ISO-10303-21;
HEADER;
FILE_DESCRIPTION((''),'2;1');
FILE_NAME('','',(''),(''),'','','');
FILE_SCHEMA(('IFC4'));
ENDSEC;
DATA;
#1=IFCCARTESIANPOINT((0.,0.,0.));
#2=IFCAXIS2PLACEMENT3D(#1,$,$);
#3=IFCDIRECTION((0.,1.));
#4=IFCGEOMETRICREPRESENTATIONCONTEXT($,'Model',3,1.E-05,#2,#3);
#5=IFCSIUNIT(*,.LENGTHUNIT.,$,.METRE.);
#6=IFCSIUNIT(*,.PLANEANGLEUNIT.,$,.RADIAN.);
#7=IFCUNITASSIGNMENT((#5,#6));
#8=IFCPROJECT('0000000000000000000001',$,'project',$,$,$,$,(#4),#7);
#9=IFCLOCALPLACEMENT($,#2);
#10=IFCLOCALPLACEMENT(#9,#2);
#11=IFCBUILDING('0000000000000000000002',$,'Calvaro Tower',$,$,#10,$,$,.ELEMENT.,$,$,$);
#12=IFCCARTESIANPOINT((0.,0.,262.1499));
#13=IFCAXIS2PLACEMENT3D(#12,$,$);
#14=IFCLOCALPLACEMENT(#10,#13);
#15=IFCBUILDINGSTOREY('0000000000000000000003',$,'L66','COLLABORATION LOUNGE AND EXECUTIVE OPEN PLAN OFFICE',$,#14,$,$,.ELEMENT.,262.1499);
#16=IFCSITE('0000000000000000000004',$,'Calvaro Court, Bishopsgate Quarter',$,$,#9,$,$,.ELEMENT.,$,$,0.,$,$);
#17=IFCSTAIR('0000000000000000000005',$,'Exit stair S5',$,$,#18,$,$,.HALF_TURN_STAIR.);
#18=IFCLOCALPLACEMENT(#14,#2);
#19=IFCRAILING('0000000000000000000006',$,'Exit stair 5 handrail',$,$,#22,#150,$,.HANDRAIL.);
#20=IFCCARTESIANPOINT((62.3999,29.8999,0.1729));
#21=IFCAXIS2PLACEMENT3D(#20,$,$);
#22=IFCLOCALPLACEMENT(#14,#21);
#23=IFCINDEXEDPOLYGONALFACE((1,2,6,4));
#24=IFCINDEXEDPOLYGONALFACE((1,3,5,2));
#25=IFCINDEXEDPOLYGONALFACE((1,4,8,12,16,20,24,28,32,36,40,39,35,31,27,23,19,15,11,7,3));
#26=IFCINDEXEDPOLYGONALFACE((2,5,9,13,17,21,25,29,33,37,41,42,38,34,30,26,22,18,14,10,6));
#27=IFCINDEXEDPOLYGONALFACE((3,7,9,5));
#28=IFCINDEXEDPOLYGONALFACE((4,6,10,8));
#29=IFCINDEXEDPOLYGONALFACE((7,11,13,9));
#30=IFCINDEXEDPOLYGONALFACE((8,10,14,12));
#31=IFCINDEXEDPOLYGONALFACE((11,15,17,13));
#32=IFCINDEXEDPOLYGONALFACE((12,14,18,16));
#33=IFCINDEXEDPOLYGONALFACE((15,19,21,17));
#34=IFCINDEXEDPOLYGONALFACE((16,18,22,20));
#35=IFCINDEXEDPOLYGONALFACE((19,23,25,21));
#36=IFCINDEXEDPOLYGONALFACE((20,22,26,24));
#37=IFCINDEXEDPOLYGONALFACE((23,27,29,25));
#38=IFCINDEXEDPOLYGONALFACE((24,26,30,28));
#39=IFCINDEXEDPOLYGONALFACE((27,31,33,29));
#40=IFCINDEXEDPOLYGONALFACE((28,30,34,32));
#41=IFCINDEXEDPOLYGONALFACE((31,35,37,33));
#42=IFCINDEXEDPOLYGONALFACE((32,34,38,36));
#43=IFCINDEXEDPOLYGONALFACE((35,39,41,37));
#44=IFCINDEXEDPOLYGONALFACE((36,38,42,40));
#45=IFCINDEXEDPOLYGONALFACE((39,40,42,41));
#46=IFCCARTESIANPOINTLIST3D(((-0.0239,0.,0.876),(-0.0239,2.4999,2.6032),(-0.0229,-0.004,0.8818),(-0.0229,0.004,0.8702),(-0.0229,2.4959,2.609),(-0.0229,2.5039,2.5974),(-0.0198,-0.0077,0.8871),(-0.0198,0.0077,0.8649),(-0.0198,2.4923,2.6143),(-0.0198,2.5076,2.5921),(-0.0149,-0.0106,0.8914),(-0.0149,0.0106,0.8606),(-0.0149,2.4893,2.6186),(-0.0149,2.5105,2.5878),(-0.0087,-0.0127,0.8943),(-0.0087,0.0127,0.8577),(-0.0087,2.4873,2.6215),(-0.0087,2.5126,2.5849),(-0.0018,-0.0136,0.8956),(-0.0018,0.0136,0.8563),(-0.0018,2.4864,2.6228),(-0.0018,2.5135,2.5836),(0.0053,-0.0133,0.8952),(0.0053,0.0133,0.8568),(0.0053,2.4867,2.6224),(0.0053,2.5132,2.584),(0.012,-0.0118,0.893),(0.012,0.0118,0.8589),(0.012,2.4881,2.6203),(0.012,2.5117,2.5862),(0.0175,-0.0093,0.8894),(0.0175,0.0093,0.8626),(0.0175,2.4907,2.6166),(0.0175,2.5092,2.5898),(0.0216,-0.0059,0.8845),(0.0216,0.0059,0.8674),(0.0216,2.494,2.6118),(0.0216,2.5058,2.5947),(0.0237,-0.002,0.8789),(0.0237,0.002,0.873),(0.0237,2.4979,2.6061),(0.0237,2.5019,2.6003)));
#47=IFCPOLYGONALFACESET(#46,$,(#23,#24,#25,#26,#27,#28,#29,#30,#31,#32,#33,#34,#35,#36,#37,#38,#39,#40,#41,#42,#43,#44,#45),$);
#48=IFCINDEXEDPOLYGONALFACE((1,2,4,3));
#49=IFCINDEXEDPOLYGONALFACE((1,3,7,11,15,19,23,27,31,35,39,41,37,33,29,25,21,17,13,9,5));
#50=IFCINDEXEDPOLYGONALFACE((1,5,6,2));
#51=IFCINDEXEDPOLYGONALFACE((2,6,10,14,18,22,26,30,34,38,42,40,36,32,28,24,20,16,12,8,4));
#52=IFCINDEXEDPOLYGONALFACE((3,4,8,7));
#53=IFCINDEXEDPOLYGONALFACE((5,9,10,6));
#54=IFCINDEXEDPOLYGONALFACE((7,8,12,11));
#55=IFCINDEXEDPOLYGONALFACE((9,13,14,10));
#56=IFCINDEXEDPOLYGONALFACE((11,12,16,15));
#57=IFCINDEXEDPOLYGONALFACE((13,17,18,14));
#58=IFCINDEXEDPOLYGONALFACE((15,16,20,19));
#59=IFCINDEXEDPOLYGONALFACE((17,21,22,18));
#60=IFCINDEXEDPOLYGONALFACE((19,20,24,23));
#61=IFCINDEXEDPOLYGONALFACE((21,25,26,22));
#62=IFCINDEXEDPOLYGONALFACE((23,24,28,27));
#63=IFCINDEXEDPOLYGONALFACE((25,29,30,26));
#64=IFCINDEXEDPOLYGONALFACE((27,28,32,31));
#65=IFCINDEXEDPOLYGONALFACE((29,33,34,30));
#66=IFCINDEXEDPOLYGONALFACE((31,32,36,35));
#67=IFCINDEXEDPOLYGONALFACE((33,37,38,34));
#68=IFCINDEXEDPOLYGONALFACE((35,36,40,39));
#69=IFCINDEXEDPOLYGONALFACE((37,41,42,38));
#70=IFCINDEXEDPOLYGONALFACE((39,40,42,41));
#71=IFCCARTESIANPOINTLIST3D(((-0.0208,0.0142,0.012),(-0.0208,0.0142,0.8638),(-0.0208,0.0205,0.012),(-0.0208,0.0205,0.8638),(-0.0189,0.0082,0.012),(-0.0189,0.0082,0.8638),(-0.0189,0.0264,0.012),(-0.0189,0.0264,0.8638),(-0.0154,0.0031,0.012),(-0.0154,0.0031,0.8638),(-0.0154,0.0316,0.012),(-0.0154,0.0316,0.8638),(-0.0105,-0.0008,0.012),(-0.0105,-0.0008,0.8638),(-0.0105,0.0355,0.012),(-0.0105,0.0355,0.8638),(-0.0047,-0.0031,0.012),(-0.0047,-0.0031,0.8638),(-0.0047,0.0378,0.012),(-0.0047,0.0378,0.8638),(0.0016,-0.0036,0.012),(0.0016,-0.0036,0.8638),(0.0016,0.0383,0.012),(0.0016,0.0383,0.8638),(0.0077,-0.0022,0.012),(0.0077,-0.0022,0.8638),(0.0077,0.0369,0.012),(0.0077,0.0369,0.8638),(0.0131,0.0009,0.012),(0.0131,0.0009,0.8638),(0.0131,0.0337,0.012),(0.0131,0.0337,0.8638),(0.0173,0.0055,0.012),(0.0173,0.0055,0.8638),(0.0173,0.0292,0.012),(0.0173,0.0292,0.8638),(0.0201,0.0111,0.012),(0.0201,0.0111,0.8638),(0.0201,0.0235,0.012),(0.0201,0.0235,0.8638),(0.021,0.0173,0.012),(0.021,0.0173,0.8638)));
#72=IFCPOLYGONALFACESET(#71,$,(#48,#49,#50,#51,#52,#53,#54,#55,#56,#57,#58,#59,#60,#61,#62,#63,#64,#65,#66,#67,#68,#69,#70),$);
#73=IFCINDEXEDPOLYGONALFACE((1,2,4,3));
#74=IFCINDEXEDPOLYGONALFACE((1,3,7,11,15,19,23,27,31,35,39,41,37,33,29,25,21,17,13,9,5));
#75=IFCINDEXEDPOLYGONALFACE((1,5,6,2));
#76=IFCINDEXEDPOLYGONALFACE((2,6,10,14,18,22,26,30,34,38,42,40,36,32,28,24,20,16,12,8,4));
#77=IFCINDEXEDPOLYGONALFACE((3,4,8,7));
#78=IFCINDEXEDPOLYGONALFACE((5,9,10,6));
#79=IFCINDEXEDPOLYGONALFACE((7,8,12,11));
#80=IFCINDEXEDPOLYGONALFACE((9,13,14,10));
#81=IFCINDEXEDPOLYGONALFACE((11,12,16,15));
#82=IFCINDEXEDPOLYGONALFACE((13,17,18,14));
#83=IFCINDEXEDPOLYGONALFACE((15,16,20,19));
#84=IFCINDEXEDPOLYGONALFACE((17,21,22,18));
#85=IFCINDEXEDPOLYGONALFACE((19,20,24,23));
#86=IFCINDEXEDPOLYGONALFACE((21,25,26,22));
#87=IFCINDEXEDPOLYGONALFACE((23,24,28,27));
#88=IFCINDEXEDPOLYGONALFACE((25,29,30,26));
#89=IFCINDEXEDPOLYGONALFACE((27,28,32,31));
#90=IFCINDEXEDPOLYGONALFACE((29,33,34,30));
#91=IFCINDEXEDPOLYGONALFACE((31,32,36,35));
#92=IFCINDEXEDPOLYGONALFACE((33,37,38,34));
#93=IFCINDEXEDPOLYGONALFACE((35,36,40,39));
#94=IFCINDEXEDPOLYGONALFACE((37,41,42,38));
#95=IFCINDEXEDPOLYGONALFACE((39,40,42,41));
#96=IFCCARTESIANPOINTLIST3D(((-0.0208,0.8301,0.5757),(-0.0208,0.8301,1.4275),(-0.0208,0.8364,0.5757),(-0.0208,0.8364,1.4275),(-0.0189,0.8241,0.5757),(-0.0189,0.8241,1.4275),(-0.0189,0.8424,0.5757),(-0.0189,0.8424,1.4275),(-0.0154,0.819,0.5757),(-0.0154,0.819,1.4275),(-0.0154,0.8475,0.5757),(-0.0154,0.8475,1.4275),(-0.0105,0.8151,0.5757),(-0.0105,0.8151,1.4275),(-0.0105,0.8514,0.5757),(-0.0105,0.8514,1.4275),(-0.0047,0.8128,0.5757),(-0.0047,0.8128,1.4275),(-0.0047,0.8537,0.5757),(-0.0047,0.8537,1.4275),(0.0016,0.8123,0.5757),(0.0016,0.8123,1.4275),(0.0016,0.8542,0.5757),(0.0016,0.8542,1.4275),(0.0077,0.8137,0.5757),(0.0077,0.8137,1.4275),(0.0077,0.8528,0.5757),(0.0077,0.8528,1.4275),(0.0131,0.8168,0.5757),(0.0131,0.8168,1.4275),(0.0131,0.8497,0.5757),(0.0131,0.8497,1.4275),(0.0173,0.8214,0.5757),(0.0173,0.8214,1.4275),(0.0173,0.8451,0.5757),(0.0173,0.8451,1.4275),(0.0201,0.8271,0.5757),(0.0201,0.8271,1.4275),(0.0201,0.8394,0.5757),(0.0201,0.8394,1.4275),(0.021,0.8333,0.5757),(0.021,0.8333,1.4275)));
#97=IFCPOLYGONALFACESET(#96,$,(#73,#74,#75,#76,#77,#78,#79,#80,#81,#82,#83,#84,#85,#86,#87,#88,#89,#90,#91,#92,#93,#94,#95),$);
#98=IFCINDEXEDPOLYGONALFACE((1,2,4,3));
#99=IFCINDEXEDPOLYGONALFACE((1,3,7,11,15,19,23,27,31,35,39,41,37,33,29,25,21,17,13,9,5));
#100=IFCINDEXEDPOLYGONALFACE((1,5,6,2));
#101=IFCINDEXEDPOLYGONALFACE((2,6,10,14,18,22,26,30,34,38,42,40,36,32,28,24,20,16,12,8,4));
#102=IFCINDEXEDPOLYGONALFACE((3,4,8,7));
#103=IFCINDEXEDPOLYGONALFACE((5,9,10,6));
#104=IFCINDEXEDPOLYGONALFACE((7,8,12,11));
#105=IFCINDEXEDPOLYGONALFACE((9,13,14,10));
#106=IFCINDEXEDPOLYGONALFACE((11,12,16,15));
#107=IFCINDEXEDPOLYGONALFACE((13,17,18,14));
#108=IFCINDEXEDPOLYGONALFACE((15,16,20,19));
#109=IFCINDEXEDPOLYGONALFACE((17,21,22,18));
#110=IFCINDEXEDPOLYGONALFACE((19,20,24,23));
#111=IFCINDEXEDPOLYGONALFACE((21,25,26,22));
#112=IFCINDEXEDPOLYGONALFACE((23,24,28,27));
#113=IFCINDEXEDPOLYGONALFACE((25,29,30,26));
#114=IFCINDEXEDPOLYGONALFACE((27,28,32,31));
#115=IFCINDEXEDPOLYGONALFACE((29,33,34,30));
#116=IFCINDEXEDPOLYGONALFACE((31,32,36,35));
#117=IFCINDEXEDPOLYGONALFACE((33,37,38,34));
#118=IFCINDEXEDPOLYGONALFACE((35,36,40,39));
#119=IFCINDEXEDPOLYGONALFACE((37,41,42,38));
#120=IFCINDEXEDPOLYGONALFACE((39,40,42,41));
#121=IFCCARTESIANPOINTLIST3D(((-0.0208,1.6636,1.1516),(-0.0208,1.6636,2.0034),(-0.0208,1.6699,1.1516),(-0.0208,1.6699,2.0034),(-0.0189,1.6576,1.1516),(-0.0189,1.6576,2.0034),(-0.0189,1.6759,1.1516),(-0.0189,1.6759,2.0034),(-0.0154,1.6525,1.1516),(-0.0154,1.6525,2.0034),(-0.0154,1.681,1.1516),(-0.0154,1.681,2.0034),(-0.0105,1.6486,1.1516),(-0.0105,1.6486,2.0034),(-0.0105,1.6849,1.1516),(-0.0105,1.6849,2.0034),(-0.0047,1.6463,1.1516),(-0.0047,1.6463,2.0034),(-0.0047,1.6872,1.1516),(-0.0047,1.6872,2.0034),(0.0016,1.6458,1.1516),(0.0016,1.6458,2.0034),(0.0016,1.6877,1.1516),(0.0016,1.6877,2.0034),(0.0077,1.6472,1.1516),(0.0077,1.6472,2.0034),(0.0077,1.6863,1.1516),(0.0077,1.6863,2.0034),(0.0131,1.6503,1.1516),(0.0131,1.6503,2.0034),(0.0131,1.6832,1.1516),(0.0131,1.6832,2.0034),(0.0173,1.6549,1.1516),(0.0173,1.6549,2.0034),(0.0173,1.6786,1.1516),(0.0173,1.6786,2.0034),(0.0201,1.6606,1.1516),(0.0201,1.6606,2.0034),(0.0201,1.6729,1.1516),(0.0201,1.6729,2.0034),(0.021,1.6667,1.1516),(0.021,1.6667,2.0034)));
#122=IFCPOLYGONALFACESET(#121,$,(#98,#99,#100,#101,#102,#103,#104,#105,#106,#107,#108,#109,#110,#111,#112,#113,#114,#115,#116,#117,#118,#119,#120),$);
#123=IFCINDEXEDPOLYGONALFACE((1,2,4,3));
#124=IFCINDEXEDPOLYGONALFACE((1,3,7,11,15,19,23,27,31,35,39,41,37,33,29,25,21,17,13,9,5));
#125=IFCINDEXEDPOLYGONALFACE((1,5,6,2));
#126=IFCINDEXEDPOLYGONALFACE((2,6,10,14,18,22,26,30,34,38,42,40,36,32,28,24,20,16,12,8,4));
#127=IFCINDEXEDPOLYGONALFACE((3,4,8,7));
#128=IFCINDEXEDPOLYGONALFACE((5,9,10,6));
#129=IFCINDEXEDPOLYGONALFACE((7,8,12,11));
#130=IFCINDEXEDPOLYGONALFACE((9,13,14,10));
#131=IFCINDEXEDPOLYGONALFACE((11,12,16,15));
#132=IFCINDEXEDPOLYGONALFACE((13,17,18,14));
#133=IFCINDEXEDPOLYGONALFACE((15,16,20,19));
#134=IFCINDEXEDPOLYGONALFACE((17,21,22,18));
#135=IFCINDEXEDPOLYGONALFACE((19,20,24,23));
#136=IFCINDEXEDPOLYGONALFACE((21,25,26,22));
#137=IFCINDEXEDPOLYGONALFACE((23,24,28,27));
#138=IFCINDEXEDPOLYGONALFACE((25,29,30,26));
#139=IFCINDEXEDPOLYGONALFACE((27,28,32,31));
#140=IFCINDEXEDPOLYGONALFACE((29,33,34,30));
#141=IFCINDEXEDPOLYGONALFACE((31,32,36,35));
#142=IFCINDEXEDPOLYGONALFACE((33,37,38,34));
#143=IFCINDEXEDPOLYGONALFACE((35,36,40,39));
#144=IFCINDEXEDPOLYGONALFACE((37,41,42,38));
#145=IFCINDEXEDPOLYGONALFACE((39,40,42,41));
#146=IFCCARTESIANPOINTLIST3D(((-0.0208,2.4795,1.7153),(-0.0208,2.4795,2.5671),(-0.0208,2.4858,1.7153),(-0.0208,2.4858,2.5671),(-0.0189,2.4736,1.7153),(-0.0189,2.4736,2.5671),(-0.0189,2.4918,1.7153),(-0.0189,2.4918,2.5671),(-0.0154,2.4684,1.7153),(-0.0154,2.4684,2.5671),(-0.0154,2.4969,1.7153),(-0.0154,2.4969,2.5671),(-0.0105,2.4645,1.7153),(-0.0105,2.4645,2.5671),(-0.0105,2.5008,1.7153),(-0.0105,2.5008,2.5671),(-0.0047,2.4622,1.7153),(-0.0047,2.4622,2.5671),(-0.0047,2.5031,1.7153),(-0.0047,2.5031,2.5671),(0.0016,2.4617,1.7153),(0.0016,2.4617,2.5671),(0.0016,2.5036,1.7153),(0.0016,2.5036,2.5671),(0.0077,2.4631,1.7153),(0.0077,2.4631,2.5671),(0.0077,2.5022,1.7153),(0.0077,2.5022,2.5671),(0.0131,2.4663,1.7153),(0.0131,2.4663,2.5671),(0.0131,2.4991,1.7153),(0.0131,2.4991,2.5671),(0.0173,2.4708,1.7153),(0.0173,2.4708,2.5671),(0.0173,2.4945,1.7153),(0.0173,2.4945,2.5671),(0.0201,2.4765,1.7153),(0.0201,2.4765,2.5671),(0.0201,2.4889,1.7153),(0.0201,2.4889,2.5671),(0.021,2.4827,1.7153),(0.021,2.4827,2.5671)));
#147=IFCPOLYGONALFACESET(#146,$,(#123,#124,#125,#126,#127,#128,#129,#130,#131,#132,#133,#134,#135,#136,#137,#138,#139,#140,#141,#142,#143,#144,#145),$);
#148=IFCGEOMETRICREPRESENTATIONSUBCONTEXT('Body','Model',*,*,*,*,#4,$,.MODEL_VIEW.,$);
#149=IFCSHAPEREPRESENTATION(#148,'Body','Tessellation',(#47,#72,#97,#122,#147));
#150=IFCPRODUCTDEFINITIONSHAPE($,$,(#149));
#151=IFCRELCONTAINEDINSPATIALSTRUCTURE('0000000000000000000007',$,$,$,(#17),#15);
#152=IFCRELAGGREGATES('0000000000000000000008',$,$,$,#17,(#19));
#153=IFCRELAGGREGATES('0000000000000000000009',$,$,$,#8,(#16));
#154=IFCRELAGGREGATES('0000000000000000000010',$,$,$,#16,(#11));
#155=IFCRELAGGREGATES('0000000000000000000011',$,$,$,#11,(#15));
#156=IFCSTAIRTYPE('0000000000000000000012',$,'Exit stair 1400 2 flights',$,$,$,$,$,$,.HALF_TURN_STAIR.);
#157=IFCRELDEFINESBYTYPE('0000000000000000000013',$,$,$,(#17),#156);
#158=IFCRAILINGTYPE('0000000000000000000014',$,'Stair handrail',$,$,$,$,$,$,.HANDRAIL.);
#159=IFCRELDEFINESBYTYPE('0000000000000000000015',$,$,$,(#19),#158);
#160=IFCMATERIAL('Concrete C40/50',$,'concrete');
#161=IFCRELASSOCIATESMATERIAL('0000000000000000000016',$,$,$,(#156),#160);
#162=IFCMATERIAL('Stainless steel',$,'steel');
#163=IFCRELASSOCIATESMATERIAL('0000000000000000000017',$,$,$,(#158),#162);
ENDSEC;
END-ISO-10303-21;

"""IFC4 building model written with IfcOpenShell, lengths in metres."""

from ifc_helpers import new_model, si_unit, direction, frame, origin, origin_2d, place, context, subcontext, project, spatial, circle, extrude, material, type_object, element, aggregate, save


model = new_model("IFC4")

# Units and contexts
model_context = context("Model", 3, precision=1e-05, world=origin(), true_north=direction((0.0, 1.0)))
body_context = subcontext(model_context, "Body", "Model", "MODEL_VIEW")
ifc_project = project(units=[si_unit("LENGTHUNIT", "METRE"), si_unit("PLANEANGLEUNIT", "RADIAN")], contexts=[model_context])

# Site, building, storey
site_placement = place(None, origin())
site = spatial("IfcSite", under=ifc_project, at=site_placement, Name="Calvaro Court, Bishopsgate Quarter", CompositionType="ELEMENT", RefElevation=0.0)
building_placement = place(site_placement, origin())
building = spatial("IfcBuilding", under=site, at=building_placement, Name="Calvaro Tower", CompositionType="ELEMENT")
storey_placement = place(building_placement, frame((0.0, 0.0, 262.1499)))
storey = spatial("IfcBuildingStorey", under=building, at=storey_placement, Name="L66", Description="COLLABORATION LOUNGE AND EXECUTIVE OPEN PLAN OFFICE", CompositionType="ELEMENT", Elevation=262.1499)

# Shared definitions
ifc_material_1 = material(Name="Concrete C40/50", Category="concrete")
stair_type = type_object("IfcStairType", Name="Exit stair 1400 2 flights", PredefinedType="HALF_TURN_STAIR", material=ifc_material_1)

# Stair
stair_1_placement = place(storey_placement, origin())
stair_1 = element("IfcStair", 1, at=stair_1_placement, inside=storey, type_object=stair_type, Name="Exit stair S5", PredefinedType="HALF_TURN_STAIR")

# Railing
ifc_material_2 = material(Name="Stainless steel", Category="steel")
railing_type = type_object("IfcRailingType", Name="Stair handrail", PredefinedType="HANDRAIL", material=ifc_material_2)
railing_1_placement = place(storey_placement, frame((62.3999, 29.8999, 0.1729)))
railing_1 = element("IfcRailing", 2, at=railing_1_placement, type_object=railing_type, Name="Exit stair 5 handrail", PredefinedType="HANDRAIL", context=body_context, shape_type="SweptSolid", body=[
    extrude(circle(Radius=0.0239, at=origin_2d()), frame((0.0, 0.0, 0.876), z_axis=(0.0, 0.822727, 0.568437), x_axis=(-1.0, 0.0, 0.0)), (0.0, 0.0, 1.0), 3.0386),
    extrude(circle(Radius=0.021, at=origin_2d()), frame((0.0, 0.0173, 0.012)), (0.0, 0.0, 1.0), 0.8518),
    extrude(circle(Radius=0.021, at=origin_2d()), frame((0.0, 0.8333, 0.5757)), (0.0, 0.0, 1.0), 0.8518),
    extrude(circle(Radius=0.021, at=origin_2d()), frame((0.0, 1.6667, 1.1516)), (0.0, 0.0, 1.0), 0.8518),
    extrude(circle(Radius=0.021, at=origin_2d()), frame((0.0, 2.4827, 1.7153)), (0.0, 0.0, 1.0), 0.8518),
])
aggregate(stair_1, [railing_1])

save(model, "model.ifc")
